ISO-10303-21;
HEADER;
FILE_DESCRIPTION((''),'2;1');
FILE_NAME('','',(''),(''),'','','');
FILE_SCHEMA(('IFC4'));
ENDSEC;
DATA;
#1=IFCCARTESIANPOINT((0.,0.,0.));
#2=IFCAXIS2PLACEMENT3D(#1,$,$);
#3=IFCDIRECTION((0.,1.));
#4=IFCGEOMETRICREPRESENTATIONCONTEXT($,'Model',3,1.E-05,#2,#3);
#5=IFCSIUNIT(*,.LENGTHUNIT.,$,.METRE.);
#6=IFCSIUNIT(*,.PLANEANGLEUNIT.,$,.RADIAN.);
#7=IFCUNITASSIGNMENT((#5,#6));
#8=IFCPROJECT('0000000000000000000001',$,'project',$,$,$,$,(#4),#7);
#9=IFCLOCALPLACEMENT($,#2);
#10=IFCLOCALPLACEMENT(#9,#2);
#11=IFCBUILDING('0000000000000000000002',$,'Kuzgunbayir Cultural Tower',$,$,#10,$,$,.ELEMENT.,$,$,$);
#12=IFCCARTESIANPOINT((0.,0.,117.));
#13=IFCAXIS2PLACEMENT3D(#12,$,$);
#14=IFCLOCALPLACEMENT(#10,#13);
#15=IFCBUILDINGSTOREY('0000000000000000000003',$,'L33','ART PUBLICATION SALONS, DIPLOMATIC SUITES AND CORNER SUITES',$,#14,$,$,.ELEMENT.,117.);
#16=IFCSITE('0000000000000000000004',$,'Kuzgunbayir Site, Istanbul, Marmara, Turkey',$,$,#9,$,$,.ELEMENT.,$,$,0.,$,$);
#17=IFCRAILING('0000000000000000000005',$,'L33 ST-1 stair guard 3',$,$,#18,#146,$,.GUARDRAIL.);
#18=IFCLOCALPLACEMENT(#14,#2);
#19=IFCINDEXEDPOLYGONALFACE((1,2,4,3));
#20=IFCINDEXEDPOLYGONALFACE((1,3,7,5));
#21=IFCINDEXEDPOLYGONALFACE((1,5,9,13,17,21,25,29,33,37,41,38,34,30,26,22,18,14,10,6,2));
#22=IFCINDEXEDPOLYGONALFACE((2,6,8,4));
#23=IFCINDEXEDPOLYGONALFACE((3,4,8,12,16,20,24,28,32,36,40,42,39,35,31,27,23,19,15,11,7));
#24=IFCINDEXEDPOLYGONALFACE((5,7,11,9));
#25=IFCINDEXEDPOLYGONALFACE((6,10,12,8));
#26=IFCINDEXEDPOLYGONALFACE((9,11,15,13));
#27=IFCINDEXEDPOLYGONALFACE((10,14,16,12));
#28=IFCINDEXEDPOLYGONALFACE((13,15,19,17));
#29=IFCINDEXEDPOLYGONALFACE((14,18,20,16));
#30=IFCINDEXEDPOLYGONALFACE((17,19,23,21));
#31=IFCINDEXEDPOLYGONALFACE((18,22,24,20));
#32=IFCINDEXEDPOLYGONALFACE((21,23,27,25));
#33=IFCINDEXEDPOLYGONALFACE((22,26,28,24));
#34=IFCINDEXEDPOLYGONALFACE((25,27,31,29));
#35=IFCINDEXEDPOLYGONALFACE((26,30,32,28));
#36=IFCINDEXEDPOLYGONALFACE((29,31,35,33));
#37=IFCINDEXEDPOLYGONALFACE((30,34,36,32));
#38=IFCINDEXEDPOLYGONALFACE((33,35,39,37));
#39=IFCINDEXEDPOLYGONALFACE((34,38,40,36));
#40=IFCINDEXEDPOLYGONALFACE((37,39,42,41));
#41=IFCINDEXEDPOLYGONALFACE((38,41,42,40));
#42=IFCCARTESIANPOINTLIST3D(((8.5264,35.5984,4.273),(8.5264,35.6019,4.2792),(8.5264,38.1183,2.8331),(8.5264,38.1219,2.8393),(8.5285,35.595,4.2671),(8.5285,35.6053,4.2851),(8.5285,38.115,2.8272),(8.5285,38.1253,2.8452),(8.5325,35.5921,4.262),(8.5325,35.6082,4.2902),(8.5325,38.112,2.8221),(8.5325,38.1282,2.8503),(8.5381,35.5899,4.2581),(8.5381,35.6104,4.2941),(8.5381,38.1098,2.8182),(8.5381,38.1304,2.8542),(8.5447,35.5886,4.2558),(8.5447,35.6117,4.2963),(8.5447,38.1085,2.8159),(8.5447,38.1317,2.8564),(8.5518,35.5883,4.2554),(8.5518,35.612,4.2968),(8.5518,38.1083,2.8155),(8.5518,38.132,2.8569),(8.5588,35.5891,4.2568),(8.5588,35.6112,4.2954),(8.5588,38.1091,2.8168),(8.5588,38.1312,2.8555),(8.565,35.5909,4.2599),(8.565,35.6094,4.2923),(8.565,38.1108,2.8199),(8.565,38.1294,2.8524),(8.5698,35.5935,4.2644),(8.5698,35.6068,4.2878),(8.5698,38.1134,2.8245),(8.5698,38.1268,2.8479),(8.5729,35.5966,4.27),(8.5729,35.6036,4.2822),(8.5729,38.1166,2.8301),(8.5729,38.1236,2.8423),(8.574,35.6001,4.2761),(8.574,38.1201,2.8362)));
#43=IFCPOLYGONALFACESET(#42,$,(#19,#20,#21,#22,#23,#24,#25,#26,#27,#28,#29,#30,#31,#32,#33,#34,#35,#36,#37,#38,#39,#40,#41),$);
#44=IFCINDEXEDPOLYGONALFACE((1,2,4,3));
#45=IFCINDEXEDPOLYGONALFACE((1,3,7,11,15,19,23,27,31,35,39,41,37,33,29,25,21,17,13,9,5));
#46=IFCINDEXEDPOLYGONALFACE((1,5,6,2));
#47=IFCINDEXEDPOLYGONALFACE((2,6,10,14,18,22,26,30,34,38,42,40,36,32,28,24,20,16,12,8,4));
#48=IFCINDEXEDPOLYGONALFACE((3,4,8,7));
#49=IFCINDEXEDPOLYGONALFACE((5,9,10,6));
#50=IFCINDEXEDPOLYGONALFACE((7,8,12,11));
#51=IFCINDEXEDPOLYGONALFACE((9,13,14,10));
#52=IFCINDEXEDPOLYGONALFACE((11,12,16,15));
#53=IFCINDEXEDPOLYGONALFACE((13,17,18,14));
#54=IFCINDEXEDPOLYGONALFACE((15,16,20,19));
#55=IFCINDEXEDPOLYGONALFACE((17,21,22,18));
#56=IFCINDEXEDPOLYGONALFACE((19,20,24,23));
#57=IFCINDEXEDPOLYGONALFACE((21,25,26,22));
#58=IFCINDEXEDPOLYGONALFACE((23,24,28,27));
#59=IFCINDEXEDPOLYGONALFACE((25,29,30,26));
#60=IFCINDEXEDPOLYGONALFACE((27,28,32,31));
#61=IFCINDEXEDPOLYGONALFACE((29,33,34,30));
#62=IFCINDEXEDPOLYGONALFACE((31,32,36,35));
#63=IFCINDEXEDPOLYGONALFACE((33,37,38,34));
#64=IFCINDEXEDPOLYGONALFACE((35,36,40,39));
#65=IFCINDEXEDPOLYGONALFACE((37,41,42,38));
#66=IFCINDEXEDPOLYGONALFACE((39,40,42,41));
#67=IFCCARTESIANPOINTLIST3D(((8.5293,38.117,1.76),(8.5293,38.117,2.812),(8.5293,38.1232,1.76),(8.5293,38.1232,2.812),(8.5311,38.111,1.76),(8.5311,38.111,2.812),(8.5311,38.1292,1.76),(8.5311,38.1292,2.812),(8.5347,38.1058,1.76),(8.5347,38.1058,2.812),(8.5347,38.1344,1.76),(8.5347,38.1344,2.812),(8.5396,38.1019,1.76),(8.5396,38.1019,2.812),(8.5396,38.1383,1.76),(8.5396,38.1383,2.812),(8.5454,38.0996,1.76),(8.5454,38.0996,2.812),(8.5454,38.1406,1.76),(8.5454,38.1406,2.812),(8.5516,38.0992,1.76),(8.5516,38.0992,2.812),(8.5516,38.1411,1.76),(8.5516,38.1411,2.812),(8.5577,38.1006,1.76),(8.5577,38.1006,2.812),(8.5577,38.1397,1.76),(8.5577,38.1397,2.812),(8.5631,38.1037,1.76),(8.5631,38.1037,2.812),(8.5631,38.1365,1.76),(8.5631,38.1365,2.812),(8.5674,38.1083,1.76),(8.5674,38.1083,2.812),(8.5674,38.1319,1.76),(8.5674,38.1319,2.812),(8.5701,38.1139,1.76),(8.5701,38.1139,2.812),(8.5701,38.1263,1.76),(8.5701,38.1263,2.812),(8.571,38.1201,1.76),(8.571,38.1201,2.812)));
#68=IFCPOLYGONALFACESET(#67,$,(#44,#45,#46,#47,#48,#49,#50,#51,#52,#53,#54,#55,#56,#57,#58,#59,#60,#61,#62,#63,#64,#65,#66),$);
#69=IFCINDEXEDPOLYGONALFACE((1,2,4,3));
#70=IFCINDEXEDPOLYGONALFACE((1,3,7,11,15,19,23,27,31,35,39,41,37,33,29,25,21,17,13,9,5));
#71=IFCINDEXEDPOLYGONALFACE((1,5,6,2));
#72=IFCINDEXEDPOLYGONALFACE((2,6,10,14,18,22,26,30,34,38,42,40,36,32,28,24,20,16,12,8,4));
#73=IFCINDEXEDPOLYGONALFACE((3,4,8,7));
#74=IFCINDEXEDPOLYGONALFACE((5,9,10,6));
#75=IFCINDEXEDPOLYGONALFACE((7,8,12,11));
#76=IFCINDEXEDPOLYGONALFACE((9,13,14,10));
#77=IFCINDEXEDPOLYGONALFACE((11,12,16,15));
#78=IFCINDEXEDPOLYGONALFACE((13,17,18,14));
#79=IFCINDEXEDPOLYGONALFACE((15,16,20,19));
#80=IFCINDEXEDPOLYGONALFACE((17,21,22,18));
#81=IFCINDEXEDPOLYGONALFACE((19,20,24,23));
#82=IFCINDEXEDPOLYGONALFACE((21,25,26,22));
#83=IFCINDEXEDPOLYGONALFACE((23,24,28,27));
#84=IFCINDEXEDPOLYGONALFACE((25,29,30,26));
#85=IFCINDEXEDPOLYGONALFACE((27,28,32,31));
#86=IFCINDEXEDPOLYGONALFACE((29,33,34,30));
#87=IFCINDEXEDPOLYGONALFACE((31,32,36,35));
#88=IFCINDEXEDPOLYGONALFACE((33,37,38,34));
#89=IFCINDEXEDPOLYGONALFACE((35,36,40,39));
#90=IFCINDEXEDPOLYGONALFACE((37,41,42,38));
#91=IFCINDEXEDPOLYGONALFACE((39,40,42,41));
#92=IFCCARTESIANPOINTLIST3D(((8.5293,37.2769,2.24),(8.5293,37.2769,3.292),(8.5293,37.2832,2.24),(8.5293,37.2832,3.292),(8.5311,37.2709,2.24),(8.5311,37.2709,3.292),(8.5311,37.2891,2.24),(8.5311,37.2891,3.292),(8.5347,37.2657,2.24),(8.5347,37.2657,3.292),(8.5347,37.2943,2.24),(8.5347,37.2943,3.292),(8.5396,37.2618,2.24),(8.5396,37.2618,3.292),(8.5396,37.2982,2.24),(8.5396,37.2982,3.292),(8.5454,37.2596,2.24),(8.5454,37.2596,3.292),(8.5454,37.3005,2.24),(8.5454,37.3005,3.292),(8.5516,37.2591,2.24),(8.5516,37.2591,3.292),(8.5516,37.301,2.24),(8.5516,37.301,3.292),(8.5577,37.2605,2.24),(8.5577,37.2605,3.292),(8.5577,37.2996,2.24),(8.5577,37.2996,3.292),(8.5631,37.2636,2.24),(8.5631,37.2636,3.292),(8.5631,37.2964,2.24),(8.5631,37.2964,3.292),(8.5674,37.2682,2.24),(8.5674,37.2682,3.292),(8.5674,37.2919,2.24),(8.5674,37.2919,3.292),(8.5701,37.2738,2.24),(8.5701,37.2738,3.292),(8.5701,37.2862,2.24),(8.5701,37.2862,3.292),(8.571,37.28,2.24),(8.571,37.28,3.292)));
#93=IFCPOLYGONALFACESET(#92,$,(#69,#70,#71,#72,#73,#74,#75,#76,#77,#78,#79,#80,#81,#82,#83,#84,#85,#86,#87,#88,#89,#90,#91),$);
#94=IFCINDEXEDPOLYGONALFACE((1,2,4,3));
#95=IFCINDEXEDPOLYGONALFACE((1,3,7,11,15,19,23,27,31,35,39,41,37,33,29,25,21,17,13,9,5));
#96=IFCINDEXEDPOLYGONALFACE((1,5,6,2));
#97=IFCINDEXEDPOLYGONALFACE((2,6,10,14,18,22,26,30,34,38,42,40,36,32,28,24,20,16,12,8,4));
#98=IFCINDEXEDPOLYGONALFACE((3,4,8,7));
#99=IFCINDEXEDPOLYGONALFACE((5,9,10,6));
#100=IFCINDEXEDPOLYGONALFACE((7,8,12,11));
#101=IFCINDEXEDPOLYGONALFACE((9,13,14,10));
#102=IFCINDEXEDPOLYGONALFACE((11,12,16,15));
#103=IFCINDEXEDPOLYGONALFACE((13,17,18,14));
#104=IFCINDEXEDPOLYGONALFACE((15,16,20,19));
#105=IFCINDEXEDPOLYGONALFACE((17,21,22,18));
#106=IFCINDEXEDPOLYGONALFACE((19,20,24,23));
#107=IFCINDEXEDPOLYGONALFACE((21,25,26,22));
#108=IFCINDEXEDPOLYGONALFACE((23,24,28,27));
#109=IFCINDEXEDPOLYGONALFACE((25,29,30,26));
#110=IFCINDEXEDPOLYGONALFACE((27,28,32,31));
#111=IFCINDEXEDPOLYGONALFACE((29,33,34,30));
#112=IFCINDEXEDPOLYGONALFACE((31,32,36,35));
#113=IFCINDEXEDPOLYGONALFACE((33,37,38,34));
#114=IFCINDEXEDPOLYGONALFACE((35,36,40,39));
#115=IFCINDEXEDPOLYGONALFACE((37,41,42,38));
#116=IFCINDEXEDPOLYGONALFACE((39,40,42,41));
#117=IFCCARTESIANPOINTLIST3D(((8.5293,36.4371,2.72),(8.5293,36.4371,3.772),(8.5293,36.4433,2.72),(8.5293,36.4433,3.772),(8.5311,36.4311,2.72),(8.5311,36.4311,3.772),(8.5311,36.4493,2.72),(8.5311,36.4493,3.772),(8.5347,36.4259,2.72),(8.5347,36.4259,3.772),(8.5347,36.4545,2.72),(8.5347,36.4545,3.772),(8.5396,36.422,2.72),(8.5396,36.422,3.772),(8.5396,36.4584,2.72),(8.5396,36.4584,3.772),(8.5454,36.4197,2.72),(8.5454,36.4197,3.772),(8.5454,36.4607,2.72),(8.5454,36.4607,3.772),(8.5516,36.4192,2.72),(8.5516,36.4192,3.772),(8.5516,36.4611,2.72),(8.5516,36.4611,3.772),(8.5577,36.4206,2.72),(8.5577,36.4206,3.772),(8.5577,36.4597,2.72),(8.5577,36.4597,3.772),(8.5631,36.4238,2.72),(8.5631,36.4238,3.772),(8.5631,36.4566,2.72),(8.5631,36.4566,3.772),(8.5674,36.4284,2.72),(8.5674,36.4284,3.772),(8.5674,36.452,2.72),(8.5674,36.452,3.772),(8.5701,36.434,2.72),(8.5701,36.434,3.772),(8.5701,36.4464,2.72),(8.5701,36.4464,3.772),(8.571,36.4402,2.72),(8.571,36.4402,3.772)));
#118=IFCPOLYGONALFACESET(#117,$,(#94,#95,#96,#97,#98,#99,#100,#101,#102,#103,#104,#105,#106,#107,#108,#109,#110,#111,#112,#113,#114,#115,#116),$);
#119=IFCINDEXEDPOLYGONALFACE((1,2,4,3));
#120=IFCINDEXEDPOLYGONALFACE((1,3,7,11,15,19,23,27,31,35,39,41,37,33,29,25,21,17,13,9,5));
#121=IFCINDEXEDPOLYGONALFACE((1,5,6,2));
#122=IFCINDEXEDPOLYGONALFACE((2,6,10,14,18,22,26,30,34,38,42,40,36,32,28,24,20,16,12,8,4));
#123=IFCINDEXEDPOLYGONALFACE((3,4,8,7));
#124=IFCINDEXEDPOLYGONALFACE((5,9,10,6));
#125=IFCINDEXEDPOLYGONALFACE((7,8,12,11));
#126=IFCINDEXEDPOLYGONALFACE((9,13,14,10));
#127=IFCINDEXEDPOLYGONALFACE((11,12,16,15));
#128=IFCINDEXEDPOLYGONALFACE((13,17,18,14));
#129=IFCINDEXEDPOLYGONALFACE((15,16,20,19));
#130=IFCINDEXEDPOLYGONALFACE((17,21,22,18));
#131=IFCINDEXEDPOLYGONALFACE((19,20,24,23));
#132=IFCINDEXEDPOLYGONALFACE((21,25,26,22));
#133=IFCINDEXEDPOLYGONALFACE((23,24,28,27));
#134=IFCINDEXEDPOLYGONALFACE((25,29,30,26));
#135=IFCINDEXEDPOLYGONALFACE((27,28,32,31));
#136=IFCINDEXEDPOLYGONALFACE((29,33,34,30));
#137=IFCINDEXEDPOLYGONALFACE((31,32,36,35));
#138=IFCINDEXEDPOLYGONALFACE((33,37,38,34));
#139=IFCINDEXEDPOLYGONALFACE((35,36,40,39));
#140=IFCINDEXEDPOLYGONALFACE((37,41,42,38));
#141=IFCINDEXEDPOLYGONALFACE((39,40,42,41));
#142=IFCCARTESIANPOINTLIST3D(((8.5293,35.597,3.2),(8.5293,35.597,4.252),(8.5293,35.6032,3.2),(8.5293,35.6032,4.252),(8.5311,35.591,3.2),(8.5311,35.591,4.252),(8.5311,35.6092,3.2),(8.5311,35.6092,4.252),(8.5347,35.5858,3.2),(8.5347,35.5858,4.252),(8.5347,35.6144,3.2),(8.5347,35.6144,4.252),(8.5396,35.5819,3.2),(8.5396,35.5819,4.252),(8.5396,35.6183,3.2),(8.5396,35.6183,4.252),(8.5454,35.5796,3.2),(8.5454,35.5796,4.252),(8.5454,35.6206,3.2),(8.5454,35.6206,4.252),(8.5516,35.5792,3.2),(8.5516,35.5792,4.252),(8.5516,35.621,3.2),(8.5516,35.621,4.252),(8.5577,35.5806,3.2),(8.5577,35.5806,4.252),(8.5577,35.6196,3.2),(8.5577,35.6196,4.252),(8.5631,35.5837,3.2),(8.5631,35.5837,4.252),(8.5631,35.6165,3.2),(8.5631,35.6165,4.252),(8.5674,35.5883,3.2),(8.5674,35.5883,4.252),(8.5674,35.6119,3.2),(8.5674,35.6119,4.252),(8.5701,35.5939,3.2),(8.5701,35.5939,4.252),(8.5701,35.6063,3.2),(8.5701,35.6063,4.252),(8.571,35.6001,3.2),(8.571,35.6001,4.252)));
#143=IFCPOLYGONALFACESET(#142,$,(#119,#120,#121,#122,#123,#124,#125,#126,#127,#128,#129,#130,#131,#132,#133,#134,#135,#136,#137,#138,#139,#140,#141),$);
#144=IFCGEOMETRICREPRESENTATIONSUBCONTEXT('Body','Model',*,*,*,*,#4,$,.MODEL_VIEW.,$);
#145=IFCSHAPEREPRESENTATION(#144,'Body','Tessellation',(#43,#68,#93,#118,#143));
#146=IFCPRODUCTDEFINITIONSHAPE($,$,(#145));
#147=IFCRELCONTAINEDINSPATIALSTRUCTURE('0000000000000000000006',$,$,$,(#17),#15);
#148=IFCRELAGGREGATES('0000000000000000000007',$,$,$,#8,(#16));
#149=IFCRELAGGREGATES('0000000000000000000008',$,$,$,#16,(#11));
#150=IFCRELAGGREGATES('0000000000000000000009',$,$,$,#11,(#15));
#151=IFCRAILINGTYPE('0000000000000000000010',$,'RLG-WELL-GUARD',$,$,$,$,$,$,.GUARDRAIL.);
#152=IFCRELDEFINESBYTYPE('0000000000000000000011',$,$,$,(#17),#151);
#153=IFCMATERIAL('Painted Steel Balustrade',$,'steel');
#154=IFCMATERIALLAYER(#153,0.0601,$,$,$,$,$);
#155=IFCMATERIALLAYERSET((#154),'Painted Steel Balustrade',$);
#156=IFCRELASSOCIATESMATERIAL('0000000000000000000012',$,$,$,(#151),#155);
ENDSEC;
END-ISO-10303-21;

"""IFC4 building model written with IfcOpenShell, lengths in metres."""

from ifc_helpers import new_model, si_unit, direction, frame, origin, origin_2d, place, context, subcontext, project, spatial, circle, extrude, material, layer, layer_set, type_object, element, save


model = new_model("IFC4")

# Units and contexts
model_context = context("Model", 3, precision=1e-05, world=origin(), true_north=direction((0.0, 1.0)))
body_context = subcontext(model_context, "Body", "Model", "MODEL_VIEW")
ifc_project = project(units=[si_unit("LENGTHUNIT", "METRE"), si_unit("PLANEANGLEUNIT", "RADIAN")], contexts=[model_context])

# Site, building, storey
site_placement = place(None, origin())
site = spatial("IfcSite", under=ifc_project, at=site_placement, Name="Kuzgunbayir Site, Istanbul, Marmara, Turkey", CompositionType="ELEMENT", RefElevation=0.0)
building_placement = place(site_placement, origin())
building = spatial("IfcBuilding", under=site, at=building_placement, Name="Kuzgunbayir Cultural Tower", CompositionType="ELEMENT")
storey_placement = place(building_placement, frame((0.0, 0.0, 117.0)))
storey = spatial("IfcBuildingStorey", under=building, at=storey_placement, Name="L33", Description="ART PUBLICATION SALONS, DIPLOMATIC SUITES AND CORNER SUITES", CompositionType="ELEMENT", Elevation=117.0)

# Railing
ifc_material_1 = material(Name="Painted Steel Balustrade", Category="steel")
ifc_layer_1 = layer(ifc_material_1, 0.0601)
ifc_layer_set_1 = layer_set([ifc_layer_1], Name="Painted Steel Balustrade")
railing_type_1 = type_object("IfcRailingType", Name="RLG-WELL-GUARD", PredefinedType="GUARDRAIL", material=ifc_layer_set_1)
railing_1_placement = place(storey_placement, frame((8.55, 38.1201, 1.76)))
element("IfcRailing", 1, at=railing_1_placement, inside=storey, type_object=railing_type_1, Name="L33 ST-1 stair guard 3", PredefinedType="GUARDRAIL", context=body_context, shape_type="SweptSolid", body=[
    extrude(circle(Radius=0.0239, at=origin_2d()), frame((0.0, 0.0, 1.0762), z_axis=(0.0, -0.868253, 0.496121), x_axis=(1.0, 0.0, 0.0)), (0.0, 0.0, 1.0), 2.9023),
    extrude(circle(Radius=0.021, at=origin_2d()), origin(), (0.0, 0.0, 1.0), 1.052),
    extrude(circle(Radius=0.021, at=origin_2d()), frame((0.0, -0.8401, 0.48)), (0.0, 0.0, 1.0), 1.052),
    extrude(circle(Radius=0.021, at=origin_2d()), frame((0.0, -1.6799, 0.96)), (0.0, 0.0, 1.0), 1.052),
    extrude(circle(Radius=0.021, at=origin_2d()), frame((0.0, -2.52, 1.4399)), (0.0, 0.0, 1.0), 1.052),
])

save(model, "model.ifc")
